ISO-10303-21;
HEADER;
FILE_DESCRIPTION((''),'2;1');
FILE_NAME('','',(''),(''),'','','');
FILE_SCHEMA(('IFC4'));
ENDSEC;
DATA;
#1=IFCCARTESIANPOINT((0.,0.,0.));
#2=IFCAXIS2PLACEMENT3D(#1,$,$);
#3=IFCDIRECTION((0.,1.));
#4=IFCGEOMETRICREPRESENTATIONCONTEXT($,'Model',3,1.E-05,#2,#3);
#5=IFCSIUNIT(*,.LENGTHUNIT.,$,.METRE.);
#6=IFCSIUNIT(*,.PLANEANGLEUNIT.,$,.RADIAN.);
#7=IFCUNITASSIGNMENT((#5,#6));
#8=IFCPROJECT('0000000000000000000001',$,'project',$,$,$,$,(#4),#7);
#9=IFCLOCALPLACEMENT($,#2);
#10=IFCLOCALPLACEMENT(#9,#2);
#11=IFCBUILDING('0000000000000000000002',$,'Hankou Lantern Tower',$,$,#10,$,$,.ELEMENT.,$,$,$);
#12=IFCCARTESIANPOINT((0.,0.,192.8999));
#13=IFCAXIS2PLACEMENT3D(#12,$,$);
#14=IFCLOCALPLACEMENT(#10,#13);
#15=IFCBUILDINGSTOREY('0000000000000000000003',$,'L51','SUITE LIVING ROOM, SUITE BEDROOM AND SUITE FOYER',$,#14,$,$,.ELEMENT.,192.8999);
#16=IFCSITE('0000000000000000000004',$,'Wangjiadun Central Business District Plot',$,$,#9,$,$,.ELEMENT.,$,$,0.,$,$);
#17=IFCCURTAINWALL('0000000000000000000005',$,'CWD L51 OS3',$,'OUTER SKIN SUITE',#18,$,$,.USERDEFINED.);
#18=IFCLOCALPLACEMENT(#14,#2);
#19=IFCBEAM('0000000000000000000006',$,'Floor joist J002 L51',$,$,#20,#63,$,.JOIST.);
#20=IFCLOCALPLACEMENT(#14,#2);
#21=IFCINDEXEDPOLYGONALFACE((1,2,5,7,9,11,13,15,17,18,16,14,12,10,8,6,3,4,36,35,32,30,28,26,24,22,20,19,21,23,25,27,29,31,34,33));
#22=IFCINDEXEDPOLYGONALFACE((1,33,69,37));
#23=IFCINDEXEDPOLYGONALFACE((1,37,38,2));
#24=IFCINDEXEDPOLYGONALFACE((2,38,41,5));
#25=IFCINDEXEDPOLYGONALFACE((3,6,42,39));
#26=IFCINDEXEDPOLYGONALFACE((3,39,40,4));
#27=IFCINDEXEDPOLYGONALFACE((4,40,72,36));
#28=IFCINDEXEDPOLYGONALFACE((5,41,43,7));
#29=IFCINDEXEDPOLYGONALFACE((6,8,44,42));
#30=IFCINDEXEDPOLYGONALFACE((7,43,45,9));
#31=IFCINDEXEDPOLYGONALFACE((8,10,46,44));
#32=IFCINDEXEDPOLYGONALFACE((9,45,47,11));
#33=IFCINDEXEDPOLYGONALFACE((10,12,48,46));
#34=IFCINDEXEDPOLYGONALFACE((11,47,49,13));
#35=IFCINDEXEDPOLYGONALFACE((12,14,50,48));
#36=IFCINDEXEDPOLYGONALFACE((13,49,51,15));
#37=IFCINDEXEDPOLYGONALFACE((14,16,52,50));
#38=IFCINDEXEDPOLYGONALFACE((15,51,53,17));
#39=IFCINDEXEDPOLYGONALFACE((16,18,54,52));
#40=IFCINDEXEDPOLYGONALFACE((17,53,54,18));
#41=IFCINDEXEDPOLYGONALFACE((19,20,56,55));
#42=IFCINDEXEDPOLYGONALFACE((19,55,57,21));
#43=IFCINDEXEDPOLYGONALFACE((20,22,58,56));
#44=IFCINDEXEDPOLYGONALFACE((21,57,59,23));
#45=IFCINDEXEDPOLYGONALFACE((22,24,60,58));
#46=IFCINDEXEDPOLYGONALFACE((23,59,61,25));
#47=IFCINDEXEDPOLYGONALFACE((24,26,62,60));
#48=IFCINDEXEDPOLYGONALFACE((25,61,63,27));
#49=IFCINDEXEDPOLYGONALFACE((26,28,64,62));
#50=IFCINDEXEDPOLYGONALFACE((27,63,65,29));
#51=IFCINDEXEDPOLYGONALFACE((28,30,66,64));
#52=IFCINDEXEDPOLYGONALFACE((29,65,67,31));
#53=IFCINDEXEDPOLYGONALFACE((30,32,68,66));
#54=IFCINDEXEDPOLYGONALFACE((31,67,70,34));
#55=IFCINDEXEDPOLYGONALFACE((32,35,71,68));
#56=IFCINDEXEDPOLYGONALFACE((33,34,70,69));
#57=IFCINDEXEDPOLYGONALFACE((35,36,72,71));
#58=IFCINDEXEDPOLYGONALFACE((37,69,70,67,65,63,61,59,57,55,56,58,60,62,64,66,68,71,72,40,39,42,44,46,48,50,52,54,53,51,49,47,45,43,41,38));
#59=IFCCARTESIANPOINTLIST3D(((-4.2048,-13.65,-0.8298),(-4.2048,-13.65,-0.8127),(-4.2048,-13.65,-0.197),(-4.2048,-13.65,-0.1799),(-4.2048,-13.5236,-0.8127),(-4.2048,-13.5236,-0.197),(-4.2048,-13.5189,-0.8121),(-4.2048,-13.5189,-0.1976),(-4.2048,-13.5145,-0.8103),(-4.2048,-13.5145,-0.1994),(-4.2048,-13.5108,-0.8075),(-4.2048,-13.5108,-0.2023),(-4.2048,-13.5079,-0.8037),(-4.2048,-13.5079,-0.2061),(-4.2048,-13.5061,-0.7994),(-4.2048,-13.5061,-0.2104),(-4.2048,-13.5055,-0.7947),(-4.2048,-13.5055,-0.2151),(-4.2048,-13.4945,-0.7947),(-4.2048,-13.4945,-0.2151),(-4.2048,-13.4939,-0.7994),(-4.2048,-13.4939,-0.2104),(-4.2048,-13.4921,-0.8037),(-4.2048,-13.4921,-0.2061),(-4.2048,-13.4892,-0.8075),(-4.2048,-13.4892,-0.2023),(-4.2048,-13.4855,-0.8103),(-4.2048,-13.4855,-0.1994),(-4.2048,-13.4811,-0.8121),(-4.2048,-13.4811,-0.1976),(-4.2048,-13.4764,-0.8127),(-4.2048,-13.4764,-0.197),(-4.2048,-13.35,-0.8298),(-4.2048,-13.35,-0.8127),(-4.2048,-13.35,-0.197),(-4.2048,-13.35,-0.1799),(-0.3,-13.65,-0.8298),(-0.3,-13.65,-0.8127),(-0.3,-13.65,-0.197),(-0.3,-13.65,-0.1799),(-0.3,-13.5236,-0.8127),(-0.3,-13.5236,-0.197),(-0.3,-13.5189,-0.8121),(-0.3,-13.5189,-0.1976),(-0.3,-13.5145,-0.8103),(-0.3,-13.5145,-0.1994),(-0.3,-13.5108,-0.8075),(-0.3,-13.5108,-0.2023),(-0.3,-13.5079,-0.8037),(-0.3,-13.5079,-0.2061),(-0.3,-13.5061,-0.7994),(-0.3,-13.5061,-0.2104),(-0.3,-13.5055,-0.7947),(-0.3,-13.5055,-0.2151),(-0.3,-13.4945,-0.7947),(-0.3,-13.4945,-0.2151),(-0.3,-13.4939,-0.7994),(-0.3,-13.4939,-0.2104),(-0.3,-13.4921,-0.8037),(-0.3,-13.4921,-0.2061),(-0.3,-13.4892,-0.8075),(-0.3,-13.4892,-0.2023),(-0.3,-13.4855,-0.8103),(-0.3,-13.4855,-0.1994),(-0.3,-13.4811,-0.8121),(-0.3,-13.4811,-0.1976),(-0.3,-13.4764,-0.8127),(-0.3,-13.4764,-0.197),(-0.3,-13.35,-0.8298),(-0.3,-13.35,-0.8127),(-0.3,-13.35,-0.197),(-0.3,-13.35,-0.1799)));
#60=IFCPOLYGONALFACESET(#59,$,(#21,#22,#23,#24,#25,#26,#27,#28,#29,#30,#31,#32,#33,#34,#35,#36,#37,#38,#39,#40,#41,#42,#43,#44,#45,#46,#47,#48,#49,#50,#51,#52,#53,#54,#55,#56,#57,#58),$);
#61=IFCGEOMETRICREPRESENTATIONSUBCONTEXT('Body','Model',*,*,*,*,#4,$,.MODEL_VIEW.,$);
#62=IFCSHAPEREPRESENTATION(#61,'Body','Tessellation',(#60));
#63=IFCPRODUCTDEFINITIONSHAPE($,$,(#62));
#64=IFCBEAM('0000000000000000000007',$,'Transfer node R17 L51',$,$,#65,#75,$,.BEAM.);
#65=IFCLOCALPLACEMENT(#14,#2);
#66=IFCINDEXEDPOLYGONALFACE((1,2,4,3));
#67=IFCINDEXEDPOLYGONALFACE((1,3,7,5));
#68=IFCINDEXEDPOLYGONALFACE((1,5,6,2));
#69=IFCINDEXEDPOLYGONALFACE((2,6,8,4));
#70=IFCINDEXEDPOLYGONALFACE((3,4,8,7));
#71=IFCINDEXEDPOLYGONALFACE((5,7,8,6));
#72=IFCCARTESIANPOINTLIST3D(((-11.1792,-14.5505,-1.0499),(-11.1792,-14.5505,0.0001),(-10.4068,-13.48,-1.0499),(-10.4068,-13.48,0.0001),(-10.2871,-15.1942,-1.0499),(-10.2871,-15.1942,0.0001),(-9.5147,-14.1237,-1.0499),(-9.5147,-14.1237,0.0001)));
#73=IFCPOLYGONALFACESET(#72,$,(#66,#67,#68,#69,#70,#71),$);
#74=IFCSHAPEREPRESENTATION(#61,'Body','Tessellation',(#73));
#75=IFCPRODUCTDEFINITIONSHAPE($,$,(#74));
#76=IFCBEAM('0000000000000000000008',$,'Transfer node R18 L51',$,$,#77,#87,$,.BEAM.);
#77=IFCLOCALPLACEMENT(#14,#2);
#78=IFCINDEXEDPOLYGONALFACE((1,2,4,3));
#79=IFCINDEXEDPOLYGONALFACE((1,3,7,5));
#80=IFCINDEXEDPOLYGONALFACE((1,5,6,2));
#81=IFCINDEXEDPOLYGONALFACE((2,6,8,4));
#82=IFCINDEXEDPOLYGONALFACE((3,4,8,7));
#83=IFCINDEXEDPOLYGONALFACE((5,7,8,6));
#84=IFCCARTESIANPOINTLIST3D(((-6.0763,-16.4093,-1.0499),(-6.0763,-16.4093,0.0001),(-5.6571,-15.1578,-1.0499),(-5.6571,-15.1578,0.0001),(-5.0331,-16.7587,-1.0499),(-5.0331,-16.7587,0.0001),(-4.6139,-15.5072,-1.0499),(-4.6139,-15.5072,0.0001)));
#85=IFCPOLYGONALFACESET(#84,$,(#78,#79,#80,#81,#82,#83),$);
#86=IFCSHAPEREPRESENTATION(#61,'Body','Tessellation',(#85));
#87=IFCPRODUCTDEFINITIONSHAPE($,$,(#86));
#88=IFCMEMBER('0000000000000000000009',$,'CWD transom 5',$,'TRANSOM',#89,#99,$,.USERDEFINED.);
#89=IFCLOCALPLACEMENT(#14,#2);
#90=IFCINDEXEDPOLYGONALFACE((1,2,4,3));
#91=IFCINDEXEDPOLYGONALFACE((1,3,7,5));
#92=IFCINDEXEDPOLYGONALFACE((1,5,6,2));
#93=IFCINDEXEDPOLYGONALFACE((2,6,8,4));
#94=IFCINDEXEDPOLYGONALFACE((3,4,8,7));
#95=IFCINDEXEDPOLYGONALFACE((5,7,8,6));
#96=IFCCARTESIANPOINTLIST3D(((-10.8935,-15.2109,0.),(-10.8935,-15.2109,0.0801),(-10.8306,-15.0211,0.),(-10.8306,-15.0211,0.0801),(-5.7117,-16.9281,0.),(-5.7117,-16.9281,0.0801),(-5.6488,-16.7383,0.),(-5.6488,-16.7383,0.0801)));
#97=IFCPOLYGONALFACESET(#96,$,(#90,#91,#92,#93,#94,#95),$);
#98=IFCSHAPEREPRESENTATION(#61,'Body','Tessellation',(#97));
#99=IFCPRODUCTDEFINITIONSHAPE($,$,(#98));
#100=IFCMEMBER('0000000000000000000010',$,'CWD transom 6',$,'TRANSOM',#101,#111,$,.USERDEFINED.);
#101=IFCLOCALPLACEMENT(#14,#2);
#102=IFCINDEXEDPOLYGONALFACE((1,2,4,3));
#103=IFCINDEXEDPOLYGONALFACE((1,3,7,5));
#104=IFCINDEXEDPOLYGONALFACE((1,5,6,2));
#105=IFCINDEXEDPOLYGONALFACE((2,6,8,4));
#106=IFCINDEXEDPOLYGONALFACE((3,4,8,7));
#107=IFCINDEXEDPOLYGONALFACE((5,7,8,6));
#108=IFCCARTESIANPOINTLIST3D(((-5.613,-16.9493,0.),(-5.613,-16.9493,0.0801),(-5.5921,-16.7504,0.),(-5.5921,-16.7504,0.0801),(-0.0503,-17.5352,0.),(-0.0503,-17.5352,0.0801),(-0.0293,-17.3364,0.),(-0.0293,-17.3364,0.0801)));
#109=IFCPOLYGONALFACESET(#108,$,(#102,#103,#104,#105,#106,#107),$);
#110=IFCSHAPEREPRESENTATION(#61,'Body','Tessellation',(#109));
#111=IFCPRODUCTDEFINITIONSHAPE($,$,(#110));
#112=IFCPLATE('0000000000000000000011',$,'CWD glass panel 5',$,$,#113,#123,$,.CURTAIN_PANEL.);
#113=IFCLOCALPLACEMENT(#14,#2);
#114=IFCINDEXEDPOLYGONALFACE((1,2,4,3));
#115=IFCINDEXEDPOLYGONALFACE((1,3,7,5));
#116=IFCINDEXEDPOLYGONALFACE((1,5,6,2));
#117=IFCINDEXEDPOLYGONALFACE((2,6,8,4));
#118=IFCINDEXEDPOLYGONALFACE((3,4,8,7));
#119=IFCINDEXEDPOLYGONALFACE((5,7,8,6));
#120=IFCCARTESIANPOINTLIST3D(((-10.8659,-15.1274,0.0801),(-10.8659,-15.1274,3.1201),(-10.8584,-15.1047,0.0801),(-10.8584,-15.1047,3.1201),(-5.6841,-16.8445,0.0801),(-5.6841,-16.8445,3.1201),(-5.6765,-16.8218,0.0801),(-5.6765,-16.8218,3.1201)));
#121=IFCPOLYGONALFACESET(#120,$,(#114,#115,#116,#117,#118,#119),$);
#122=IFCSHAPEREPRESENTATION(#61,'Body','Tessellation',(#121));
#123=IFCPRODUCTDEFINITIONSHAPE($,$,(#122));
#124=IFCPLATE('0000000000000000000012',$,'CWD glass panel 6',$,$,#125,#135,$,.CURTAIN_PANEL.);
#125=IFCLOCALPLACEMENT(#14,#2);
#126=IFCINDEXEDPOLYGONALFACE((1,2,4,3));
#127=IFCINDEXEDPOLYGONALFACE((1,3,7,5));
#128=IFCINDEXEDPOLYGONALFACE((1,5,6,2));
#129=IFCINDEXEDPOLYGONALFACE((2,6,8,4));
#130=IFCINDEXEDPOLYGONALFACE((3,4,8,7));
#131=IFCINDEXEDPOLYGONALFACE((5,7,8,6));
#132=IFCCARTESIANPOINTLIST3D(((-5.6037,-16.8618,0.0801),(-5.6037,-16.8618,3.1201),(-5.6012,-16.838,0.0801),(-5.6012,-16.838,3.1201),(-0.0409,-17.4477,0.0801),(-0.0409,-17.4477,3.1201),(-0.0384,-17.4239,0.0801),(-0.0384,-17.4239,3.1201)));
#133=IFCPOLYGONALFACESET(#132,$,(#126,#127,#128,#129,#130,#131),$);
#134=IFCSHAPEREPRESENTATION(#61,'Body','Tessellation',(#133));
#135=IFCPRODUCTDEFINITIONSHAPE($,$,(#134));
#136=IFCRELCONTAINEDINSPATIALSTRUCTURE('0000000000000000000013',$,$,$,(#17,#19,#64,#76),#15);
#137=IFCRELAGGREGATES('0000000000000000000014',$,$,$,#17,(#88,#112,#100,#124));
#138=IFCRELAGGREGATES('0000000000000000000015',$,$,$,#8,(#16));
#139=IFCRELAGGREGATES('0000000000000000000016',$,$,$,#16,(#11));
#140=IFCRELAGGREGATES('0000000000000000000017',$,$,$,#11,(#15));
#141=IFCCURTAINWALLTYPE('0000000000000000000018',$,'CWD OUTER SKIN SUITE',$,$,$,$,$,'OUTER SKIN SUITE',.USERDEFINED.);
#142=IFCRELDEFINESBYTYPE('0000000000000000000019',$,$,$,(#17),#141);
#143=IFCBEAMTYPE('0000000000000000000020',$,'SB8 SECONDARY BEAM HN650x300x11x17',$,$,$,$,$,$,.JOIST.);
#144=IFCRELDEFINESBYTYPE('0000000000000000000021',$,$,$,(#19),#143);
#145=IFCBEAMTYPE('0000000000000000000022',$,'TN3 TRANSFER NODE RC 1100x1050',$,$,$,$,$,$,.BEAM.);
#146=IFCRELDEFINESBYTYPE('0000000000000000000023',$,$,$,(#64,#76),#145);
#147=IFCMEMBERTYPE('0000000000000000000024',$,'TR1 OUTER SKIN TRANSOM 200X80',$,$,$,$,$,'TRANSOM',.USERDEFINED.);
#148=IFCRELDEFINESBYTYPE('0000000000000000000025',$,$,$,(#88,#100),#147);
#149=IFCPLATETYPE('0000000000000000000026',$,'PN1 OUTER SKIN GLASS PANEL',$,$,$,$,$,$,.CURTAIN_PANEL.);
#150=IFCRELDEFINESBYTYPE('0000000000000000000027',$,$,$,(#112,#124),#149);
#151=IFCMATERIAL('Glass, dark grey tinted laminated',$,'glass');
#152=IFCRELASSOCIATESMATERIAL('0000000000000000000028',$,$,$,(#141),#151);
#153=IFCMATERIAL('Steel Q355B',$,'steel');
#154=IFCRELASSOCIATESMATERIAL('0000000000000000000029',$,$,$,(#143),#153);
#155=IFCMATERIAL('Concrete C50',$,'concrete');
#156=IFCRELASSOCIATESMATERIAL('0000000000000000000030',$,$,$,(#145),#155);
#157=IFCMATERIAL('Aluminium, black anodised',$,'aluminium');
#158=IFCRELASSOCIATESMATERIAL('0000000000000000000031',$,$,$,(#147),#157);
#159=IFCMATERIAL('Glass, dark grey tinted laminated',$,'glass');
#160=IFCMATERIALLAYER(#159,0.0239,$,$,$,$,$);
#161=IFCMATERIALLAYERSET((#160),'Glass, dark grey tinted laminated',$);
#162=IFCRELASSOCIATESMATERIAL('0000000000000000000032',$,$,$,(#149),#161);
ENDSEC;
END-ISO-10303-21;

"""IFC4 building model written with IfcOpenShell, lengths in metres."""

from ifc_helpers import new_model, si_unit, direction, frame, origin, origin_2d, place, context, subcontext, project, spatial, rectangle, i_section, extrude, material, layer, layer_set, material_profile, profile_set, type_object, element, aggregate, save


model = new_model("IFC4")

# Units and contexts
model_context = context("Model", 3, precision=1e-05, world=origin(), true_north=direction((0.0, 1.0)))
body_context = subcontext(model_context, "Body", "Model", "MODEL_VIEW")
ifc_project = project(units=[si_unit("LENGTHUNIT", "METRE"), si_unit("PLANEANGLEUNIT", "RADIAN")], contexts=[model_context])

# Site, building, storey
site_placement = place(None, origin())
site = spatial("IfcSite", under=ifc_project, at=site_placement, Name="Wangjiadun Central Business District Plot", CompositionType="ELEMENT", RefElevation=0.0)
building_placement = place(site_placement, origin())
building = spatial("IfcBuilding", under=site, at=building_placement, Name="Hankou Lantern Tower", CompositionType="ELEMENT")
storey_placement = place(building_placement, frame((0.0, 0.0, 192.8999)))
storey = spatial("IfcBuildingStorey", under=building, at=storey_placement, Name="L51", Description="SUITE LIVING ROOM, SUITE BEDROOM AND SUITE FOYER", CompositionType="ELEMENT", Elevation=192.8999)

# Curtain wall
ifc_material_1 = material(Name="Glass, dark grey tinted laminated", Category="glass")
curtain_wall_type = type_object("IfcCurtainWallType", Name="CWD OUTER SKIN SUITE", ElementType="OUTER SKIN SUITE", PredefinedType="USERDEFINED", material=ifc_material_1)
curtain_wall_placement = place(storey_placement, origin())
curtain_wall = element("IfcCurtainWall", 1, at=curtain_wall_placement, inside=storey, type_object=curtain_wall_type, Name="CWD L51 OS3", ObjectType="OUTER SKIN SUITE", PredefinedType="USERDEFINED")

# Beams
ifc_material_2 = material(Name="Steel Q355B", Category="steel")
ifc_material_profile_1 = material_profile(ifc_material_2, i_section(OverallWidth=0.3, OverallDepth=0.6499, WebThickness=0.011, FlangeThickness=0.0171, FilletRadius=0.0181, at=origin_2d()), Name="HN650x300x11x17")
ifc_profile_set_1 = profile_set([ifc_material_profile_1], Name="Steel Q355B")
beam_type_1 = type_object("IfcBeamType", Name="SB8 SECONDARY BEAM HN650x300x11x17", PredefinedType="JOIST", material=ifc_profile_set_1)
beam_1_placement = place(storey_placement, frame((-4.2048, -13.5, -0.5049), z_axis=(1.0, 0.0, 0.0), x_axis=(0.0, 1.0, 0.0)))
element("IfcBeam", 2, at=beam_1_placement, inside=storey, type_object=beam_type_1, Name="Floor joist J002 L51", PredefinedType="JOIST", context=body_context, shape_type="SweptSolid", body=[
    extrude(i_section(OverallWidth=0.3, OverallDepth=0.6499, WebThickness=0.011, FlangeThickness=0.0171, FilletRadius=0.0181, at=origin_2d()), origin(), (0.0, 0.0, 1.0), 3.9048),
])
ifc_material_3 = material(Name="Concrete C50", Category="concrete")
ifc_material_profile_2 = material_profile(ifc_material_3, rectangle(XDim=1.1001, YDim=1.05, at=origin_2d()), Name="RC 1100x1050")
ifc_profile_set_2 = profile_set([ifc_material_profile_2], Name="Concrete C50")
beam_type_2 = type_object("IfcBeamType", Name="TN3 TRANSFER NODE RC 1100x1050", PredefinedType="BEAM", material=ifc_profile_set_2)
beam_2_placement = place(storey_placement, frame((-10.7332, -14.8723, -0.5249), z_axis=(0.585133, 0.810938, 0.0), x_axis=(-0.810938, 0.585133, 0.0)))
element("IfcBeam", 3, at=beam_2_placement, inside=storey, type_object=beam_type_2, Name="Transfer node R17 L51", PredefinedType="BEAM", context=body_context, shape_type="SweptSolid", body=[
    extrude(rectangle(XDim=1.1001, YDim=1.05, at=origin_2d()), origin(), (0.0, 0.0, 1.0), 1.3201),
])
beam_3_placement = place(storey_placement, frame((-5.5547, -16.584, -0.5249), z_axis=(0.317615, 0.94822, 0.0), x_axis=(-0.94822, 0.317615, 0.0)))
element("IfcBeam", 4, at=beam_3_placement, inside=storey, type_object=beam_type_2, Name="Transfer node R18 L51", PredefinedType="BEAM", context=body_context, shape_type="SweptSolid", body=[
    extrude(rectangle(XDim=1.1001, YDim=1.05, at=origin_2d()), origin(), (0.0, 0.0, 1.0), 1.3198),
])

# Members
ifc_material_4 = material(Name="Aluminium, black anodised", Category="aluminium")
ifc_material_profile_3 = material_profile(ifc_material_4, rectangle(XDim=0.2, YDim=0.0801, at=origin_2d()), Name="TR1 200X80")
ifc_profile_set_3 = profile_set([ifc_material_profile_3], Name="Aluminium, black anodised")
member_type_1 = type_object("IfcMemberType", Name="TR1 OUTER SKIN TRANSOM 200X80", ElementType="TRANSOM", PredefinedType="USERDEFINED", material=ifc_profile_set_3)
member_1_placement = place(storey_placement, frame((-10.8621, -15.116, 0.04), z_axis=(0.949232, -0.314577, 0.0), x_axis=(0.314577, 0.949232, 0.0)))
member_1 = element("IfcMember", 5, at=member_1_placement, type_object=member_type_1, Name="CWD transom 5", ObjectType="TRANSOM", PredefinedType="USERDEFINED", context=body_context, shape_type="SweptSolid", body=[
    extrude(rectangle(XDim=0.2, YDim=0.0801, at=origin_2d()), origin(), (0.0, 0.0, 1.0), 5.459),
])
member_2_placement = place(storey_placement, frame((-5.6025, -16.8499, 0.04), z_axis=(0.994498, -0.104753, 0.0), x_axis=(0.104753, 0.994498, 0.0)))
member_2 = element("IfcMember", 6, at=member_2_placement, type_object=member_type_1, Name="CWD transom 6", ObjectType="TRANSOM", PredefinedType="USERDEFINED", context=body_context, shape_type="SweptSolid", body=[
    extrude(rectangle(XDim=0.2, YDim=0.0801, at=origin_2d()), origin(), (0.0, 0.0, 1.0), 5.5935),
])

# Plates
ifc_material_5 = material(Name="Glass, dark grey tinted laminated", Category="glass")
ifc_layer_1 = layer(ifc_material_5, 0.0239)
ifc_layer_set_1 = layer_set([ifc_layer_1], Name="Glass, dark grey tinted laminated")
plate_type = type_object("IfcPlateType", Name="PN1 OUTER SKIN GLASS PANEL", PredefinedType="CURTAIN_PANEL", material=ifc_layer_set_1)
plate_1_placement = place(storey_placement, frame((-8.2712, -15.9746, 0.0801), z_axis=(0.0, 0.0, 1.0), x_axis=(0.949241, -0.314551, 0.0)))
plate_1 = element("IfcPlate", 7, at=plate_1_placement, type_object=plate_type, Name="CWD glass panel 5", PredefinedType="CURTAIN_PANEL", context=body_context, shape_type="SweptSolid", body=[
    extrude(rectangle(XDim=5.459, YDim=0.0239, at=origin_2d()), origin(), (0.0, 0.0, 1.0), 3.04),
])
plate_2_placement = place(storey_placement, frame((-2.821, -17.1428, 0.0801), z_axis=(0.0, 0.0, 1.0), x_axis=(0.994499, -0.104743, 0.0)))
plate_2 = element("IfcPlate", 8, at=plate_2_placement, type_object=plate_type, Name="CWD glass panel 6", PredefinedType="CURTAIN_PANEL", context=body_context, shape_type="SweptSolid", body=[
    extrude(rectangle(XDim=5.5935, YDim=0.0239, at=origin_2d()), origin(), (0.0, 0.0, 1.0), 3.04),
])
aggregate(curtain_wall, [member_1, plate_1, member_2, plate_2])

save(model, "model.ifc")
